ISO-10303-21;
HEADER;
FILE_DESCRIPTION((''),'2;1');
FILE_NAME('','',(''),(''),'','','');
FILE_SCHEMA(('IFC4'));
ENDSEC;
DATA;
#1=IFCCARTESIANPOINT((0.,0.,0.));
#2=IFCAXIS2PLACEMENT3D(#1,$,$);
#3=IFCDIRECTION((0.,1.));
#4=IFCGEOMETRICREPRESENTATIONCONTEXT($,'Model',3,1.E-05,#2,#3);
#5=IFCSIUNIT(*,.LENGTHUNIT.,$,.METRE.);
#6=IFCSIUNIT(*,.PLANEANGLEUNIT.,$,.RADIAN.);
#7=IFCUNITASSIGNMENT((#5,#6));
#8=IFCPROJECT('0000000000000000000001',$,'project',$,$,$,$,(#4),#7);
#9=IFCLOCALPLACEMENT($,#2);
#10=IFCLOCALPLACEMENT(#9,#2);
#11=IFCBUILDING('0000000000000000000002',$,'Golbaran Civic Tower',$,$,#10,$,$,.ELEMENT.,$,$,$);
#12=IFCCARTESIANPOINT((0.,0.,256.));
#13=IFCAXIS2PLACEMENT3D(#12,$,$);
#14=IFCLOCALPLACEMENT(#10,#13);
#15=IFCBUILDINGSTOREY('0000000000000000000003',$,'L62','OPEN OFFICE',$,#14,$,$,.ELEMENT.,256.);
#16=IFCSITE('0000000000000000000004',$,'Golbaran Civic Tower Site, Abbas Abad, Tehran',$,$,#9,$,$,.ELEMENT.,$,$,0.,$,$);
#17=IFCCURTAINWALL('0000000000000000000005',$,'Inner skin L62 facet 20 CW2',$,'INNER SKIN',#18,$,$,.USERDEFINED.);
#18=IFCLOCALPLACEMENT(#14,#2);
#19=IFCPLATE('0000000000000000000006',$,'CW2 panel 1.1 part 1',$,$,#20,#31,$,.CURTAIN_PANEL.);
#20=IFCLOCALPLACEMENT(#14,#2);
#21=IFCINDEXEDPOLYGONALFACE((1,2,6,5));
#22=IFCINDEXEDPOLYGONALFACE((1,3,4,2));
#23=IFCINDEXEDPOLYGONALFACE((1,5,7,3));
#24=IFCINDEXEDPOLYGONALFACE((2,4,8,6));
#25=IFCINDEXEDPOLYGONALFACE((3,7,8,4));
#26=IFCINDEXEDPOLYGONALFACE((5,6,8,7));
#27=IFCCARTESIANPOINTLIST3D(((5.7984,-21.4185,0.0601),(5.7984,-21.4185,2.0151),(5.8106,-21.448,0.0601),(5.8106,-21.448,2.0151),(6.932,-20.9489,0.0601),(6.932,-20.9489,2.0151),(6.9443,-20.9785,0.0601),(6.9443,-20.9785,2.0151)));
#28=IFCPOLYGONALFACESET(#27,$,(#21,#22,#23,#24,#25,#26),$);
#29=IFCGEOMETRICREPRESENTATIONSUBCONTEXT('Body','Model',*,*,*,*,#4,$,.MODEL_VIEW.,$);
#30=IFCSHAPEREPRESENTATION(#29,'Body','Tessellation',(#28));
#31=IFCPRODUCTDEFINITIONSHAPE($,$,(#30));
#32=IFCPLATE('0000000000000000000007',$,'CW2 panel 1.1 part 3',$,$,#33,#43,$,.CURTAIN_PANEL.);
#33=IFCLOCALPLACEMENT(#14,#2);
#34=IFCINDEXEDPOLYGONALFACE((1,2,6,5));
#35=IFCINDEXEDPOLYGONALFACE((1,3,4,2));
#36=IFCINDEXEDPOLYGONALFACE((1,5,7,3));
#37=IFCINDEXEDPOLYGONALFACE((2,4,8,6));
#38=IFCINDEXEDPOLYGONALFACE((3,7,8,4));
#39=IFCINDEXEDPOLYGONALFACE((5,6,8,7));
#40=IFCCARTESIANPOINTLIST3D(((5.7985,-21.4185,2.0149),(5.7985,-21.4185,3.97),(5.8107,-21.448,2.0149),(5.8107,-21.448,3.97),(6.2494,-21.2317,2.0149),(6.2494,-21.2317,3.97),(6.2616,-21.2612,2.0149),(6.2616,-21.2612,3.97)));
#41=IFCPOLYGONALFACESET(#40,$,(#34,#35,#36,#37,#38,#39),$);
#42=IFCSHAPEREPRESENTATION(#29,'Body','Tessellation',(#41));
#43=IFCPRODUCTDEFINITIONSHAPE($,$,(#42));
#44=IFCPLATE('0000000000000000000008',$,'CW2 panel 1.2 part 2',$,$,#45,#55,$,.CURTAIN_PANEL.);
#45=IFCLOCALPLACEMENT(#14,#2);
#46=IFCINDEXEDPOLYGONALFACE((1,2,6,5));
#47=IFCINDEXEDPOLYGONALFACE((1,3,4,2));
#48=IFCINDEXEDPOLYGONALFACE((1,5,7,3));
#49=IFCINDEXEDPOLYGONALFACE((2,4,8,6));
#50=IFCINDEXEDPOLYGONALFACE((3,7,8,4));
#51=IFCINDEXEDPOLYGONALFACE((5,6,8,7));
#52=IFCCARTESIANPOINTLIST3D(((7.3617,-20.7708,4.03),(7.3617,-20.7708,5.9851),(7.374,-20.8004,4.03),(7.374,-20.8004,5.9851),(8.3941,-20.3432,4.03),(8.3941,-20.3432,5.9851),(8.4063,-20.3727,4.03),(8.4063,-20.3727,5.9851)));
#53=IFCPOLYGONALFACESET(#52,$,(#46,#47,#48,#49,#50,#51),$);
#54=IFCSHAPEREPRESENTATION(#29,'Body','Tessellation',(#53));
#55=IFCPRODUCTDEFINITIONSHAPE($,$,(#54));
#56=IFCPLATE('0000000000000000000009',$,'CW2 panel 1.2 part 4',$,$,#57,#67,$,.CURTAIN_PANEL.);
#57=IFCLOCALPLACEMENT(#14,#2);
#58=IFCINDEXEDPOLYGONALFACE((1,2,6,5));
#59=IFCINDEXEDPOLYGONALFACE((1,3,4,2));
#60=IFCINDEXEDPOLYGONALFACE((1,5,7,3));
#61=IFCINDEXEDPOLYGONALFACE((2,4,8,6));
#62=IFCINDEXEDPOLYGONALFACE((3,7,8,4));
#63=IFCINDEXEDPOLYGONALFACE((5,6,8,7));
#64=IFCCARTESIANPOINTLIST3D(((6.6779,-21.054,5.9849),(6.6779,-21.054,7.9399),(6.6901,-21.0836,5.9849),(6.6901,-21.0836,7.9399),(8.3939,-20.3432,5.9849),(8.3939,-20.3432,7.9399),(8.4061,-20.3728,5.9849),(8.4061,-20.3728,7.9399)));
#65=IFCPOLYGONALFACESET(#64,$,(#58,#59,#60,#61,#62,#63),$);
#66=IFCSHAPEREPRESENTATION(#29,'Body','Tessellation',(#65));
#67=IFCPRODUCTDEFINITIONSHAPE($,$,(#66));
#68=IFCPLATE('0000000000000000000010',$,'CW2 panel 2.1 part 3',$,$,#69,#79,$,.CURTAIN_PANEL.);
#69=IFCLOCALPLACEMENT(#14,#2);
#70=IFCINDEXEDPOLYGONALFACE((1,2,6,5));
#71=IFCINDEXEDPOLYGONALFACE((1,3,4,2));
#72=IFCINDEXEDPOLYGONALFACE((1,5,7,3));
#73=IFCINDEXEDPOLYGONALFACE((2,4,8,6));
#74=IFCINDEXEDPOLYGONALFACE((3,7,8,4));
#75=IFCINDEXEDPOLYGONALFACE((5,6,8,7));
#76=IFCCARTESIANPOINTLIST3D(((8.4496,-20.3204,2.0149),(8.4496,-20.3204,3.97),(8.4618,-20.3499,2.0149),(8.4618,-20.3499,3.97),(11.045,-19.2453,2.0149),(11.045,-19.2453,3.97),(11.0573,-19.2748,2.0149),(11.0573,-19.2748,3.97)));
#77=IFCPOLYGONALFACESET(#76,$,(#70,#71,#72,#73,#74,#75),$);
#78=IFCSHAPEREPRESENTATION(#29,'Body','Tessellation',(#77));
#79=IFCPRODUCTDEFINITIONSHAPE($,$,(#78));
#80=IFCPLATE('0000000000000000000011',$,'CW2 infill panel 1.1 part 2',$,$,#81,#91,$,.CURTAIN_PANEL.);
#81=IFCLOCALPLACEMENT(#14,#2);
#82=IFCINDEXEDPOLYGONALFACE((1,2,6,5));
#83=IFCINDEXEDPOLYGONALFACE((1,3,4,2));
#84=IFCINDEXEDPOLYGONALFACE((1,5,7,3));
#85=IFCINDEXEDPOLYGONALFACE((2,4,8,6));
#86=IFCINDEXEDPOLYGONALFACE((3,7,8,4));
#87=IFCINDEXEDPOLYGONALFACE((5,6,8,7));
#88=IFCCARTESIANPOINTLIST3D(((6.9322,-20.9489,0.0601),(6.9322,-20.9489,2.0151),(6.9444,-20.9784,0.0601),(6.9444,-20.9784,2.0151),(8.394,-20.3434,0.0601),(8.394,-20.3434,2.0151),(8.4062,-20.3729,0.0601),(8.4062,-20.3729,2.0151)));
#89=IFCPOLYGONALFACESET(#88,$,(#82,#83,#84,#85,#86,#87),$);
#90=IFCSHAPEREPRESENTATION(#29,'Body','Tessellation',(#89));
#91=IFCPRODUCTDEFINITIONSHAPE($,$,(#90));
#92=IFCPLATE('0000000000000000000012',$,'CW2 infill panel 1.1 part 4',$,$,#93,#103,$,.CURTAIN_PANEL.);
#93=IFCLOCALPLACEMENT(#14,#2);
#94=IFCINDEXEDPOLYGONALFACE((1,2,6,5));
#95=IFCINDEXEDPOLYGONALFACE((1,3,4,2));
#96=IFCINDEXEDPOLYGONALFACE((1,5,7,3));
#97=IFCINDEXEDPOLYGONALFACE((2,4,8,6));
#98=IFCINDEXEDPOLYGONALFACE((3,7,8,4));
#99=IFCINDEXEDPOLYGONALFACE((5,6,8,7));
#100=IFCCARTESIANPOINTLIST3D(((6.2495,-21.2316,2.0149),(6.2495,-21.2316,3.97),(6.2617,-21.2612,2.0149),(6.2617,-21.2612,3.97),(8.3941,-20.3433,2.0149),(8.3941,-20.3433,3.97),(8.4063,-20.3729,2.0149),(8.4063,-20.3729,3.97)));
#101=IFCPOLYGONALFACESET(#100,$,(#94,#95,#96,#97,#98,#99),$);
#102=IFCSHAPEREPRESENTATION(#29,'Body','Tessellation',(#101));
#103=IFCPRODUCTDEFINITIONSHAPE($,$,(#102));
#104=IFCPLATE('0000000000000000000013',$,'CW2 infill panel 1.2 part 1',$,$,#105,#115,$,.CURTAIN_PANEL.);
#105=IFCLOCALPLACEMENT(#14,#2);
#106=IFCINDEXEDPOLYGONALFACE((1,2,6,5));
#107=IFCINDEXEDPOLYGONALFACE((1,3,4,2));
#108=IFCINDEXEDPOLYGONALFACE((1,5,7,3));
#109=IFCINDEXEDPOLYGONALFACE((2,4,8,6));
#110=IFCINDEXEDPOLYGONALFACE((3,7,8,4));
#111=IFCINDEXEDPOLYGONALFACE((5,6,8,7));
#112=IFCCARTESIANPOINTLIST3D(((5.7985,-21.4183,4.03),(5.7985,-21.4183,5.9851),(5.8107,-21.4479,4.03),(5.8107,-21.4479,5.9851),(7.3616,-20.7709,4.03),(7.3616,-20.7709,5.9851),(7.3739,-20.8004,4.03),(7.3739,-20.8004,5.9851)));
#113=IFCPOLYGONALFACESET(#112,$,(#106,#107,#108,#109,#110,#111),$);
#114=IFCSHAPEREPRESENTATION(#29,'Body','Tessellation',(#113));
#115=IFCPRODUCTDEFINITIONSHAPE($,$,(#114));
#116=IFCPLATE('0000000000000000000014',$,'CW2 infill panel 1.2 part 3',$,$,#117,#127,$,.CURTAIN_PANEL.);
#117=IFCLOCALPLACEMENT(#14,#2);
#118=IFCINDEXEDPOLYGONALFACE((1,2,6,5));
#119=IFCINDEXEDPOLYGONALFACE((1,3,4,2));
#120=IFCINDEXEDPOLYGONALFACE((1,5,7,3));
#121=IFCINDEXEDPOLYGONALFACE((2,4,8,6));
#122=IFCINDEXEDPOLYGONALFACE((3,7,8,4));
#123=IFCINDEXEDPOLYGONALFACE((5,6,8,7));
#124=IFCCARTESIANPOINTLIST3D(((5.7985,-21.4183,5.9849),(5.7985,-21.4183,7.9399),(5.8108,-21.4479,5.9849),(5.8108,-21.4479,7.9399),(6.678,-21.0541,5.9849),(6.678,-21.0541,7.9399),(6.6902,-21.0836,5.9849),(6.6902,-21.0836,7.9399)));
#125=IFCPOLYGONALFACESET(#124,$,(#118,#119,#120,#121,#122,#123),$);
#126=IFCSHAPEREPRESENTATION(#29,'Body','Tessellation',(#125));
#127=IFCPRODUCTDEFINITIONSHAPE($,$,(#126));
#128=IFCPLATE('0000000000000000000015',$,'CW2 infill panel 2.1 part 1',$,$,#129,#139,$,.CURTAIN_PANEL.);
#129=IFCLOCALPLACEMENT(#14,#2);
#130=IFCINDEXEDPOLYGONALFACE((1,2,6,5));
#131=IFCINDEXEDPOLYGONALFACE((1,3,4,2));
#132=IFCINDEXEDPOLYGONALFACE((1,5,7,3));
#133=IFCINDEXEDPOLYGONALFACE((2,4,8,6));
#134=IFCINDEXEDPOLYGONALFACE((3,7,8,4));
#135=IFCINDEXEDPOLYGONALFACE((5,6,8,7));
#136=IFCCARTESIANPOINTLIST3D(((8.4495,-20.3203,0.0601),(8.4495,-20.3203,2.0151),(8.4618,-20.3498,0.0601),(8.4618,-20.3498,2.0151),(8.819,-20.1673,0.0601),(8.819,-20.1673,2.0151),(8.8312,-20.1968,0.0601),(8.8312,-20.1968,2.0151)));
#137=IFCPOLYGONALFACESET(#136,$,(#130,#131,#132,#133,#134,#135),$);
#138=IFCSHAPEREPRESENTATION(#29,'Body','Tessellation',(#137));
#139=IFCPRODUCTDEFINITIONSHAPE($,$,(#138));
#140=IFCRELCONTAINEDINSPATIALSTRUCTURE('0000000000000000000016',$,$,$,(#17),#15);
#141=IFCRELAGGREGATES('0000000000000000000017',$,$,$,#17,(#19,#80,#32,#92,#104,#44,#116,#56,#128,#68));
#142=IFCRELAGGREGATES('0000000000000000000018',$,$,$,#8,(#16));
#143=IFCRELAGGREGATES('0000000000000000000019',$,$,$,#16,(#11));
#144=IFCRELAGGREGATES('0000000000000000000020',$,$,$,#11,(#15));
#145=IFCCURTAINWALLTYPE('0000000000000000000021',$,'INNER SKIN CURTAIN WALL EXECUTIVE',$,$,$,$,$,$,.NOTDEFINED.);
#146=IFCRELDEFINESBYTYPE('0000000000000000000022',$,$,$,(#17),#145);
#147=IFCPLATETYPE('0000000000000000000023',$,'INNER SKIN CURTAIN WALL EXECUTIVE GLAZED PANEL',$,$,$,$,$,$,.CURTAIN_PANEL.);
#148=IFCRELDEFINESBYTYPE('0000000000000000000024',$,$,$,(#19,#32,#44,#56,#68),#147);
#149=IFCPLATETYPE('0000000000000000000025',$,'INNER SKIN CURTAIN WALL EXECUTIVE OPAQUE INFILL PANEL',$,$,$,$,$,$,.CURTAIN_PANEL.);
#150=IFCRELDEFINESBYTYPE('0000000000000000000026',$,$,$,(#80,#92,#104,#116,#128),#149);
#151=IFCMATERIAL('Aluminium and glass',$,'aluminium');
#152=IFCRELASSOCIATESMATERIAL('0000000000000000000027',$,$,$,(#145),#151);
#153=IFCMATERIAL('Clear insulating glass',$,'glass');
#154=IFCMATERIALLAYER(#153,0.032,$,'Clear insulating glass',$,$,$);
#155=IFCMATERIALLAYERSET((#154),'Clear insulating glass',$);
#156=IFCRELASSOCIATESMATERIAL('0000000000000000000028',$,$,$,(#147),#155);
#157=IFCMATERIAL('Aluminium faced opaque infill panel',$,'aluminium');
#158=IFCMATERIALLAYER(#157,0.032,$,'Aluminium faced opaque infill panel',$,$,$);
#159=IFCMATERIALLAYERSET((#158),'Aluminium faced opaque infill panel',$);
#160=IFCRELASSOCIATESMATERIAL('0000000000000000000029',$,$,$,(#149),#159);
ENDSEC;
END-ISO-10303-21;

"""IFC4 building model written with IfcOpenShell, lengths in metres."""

from ifc_helpers import new_model, si_unit, direction, frame, origin, origin_2d, place, context, subcontext, project, spatial, rectangle, extrude, material, layer, layer_set, type_object, element, aggregate, save


model = new_model("IFC4")

# Units and contexts
model_context = context("Model", 3, precision=1e-05, world=origin(), true_north=direction((0.0, 1.0)))
body_context = subcontext(model_context, "Body", "Model", "MODEL_VIEW")
ifc_project = project(units=[si_unit("LENGTHUNIT", "METRE"), si_unit("PLANEANGLEUNIT", "RADIAN")], contexts=[model_context])

# Site, building, storey
site_placement = place(None, origin())
site = spatial("IfcSite", under=ifc_project, at=site_placement, Name="Golbaran Civic Tower Site, Abbas Abad, Tehran", CompositionType="ELEMENT", RefElevation=0.0)
building_placement = place(site_placement, origin())
building = spatial("IfcBuilding", under=site, at=building_placement, Name="Golbaran Civic Tower", CompositionType="ELEMENT")
storey_placement = place(building_placement, frame((0.0, 0.0, 256.0)))
storey = spatial("IfcBuildingStorey", under=building, at=storey_placement, Name="L62", Description="OPEN OFFICE", CompositionType="ELEMENT", Elevation=256.0)

# Shared definitions
ifc_material_1 = material(Name="Aluminium and glass", Category="aluminium")
curtain_wall_type = type_object("IfcCurtainWallType", Name="INNER SKIN CURTAIN WALL EXECUTIVE", PredefinedType="NOTDEFINED", material=ifc_material_1)

# Curtain wall
curtain_wall_1_placement = place(storey_placement, origin())
curtain_wall_1 = element("IfcCurtainWall", 1, at=curtain_wall_1_placement, inside=storey, type_object=curtain_wall_type, Name="Inner skin L62 facet 20 CW2", ObjectType="INNER SKIN", PredefinedType="USERDEFINED")

# Plates
ifc_material_2 = material(Name="Clear insulating glass", Category="glass")
ifc_layer_1 = layer(ifc_material_2, 0.032, Name="Clear insulating glass")
ifc_layer_set_1 = layer_set([ifc_layer_1], Name="Clear insulating glass")
plate_type_1 = type_object("IfcPlateType", Name="INNER SKIN CURTAIN WALL EXECUTIVE GLAZED PANEL", PredefinedType="CURTAIN_PANEL", material=ifc_layer_set_1)
plate_1_placement = place(storey_placement, frame((6.3713, -21.1985, 0.0601), z_axis=(0.0, 0.0, 1.0), x_axis=(0.92388, 0.382683, 0.0)))
plate_1 = element("IfcPlate", 2, at=plate_1_placement, type_object=plate_type_1, Name="CW2 panel 1.1 part 1", PredefinedType="CURTAIN_PANEL", context=body_context, shape_type="SweptSolid", body=[
    extrude(rectangle(XDim=1.2271, YDim=0.032, at=origin_2d()), origin(), (0.0, 0.0, 1.0), 1.9551),
])
plate_2_placement = place(storey_placement, frame((6.03, -21.3398, 2.0149), z_axis=(0.0, 0.0, 1.0), x_axis=(0.92388, 0.382683, 0.0)))
plate_2 = element("IfcPlate", 3, at=plate_2_placement, type_object=plate_type_1, Name="CW2 panel 1.1 part 3", PredefinedType="CURTAIN_PANEL", context=body_context, shape_type="SweptSolid", body=[
    extrude(rectangle(XDim=0.488, YDim=0.032, at=origin_2d()), origin(), (0.0, 0.0, 1.0), 1.9551),
])
plate_3_placement = place(storey_placement, frame((7.884, -20.5718, 4.03), z_axis=(0.0, 0.0, 1.0), x_axis=(0.92388, 0.382683, 0.0)))
plate_3 = element("IfcPlate", 4, at=plate_3_placement, type_object=plate_type_1, Name="CW2 panel 1.2 part 2", PredefinedType="CURTAIN_PANEL", context=body_context, shape_type="SweptSolid", body=[
    extrude(rectangle(XDim=1.1174, YDim=0.032, at=origin_2d()), origin(), (0.0, 0.0, 1.0), 1.9551),
])
plate_4_placement = place(storey_placement, frame((7.542, -20.7134, 5.9849), z_axis=(0.0, 0.0, 1.0), x_axis=(0.92388, 0.382683, 0.0)))
plate_4 = element("IfcPlate", 5, at=plate_4_placement, type_object=plate_type_1, Name="CW2 panel 1.2 part 4", PredefinedType="CURTAIN_PANEL", context=body_context, shape_type="SweptSolid", body=[
    extrude(rectangle(XDim=1.8574, YDim=0.032, at=origin_2d()), origin(), (0.0, 0.0, 1.0), 1.9551),
])
plate_5_placement = place(storey_placement, frame((9.7534, -19.7976, 2.0149), z_axis=(0.0, 0.0, 1.0), x_axis=(0.92388, 0.382683, 0.0)))
plate_5 = element("IfcPlate", 6, at=plate_5_placement, type_object=plate_type_1, Name="CW2 panel 2.1 part 3", PredefinedType="CURTAIN_PANEL", context=body_context, shape_type="SweptSolid", body=[
    extrude(rectangle(XDim=2.8093, YDim=0.032, at=origin_2d()), origin(), (0.0, 0.0, 1.0), 1.9551),
])
ifc_material_3 = material(Name="Aluminium faced opaque infill panel", Category="aluminium")
ifc_layer_2 = layer(ifc_material_3, 0.032, Name="Aluminium faced opaque infill panel")
ifc_layer_set_2 = layer_set([ifc_layer_2], Name="Aluminium faced opaque infill panel")
plate_type_2 = type_object("IfcPlateType", Name="INNER SKIN CURTAIN WALL EXECUTIVE OPAQUE INFILL PANEL", PredefinedType="CURTAIN_PANEL", material=ifc_layer_set_2)
plate_6_placement = place(storey_placement, frame((7.6692, -20.6609, 0.0601), z_axis=(0.0, 0.0, 1.0), x_axis=(0.92388, 0.382683, 0.0)))
plate_6 = element("IfcPlate", 7, at=plate_6_placement, type_object=plate_type_2, Name="CW2 infill panel 1.1 part 2", PredefinedType="CURTAIN_PANEL", context=body_context, shape_type="SweptSolid", body=[
    extrude(rectangle(XDim=1.5823, YDim=0.032, at=origin_2d()), origin(), (0.0, 0.0, 1.0), 1.9551),
])
plate_7_placement = place(storey_placement, frame((7.3279, -20.8022, 2.0149), z_axis=(0.0, 0.0, 1.0), x_axis=(0.92388, 0.382683, 0.0)))
plate_7 = element("IfcPlate", 8, at=plate_7_placement, type_object=plate_type_2, Name="CW2 infill panel 1.1 part 4", PredefinedType="CURTAIN_PANEL", context=body_context, shape_type="SweptSolid", body=[
    extrude(rectangle(XDim=2.3213, YDim=0.032, at=origin_2d()), origin(), (0.0, 0.0, 1.0), 1.9551),
])
plate_8_placement = place(storey_placement, frame((6.5862, -21.1094, 4.03), z_axis=(0.0, 0.0, 1.0), x_axis=(0.92388, 0.382683, 0.0)))
plate_8 = element("IfcPlate", 9, at=plate_8_placement, type_object=plate_type_2, Name="CW2 infill panel 1.2 part 1", PredefinedType="CURTAIN_PANEL", context=body_context, shape_type="SweptSolid", body=[
    extrude(rectangle(XDim=1.6919, YDim=0.032, at=origin_2d()), origin(), (0.0, 0.0, 1.0), 1.9551),
])
plate_9_placement = place(storey_placement, frame((6.2444, -21.251, 5.9849), z_axis=(0.0, 0.0, 1.0), x_axis=(0.92388, 0.382683, 0.0)))
plate_9 = element("IfcPlate", 10, at=plate_9_placement, type_object=plate_type_2, Name="CW2 infill panel 1.2 part 3", PredefinedType="CURTAIN_PANEL", context=body_context, shape_type="SweptSolid", body=[
    extrude(rectangle(XDim=0.9519, YDim=0.032, at=origin_2d()), origin(), (0.0, 0.0, 1.0), 1.9551),
])
plate_10_placement = place(storey_placement, frame((8.6404, -20.2585, 0.0601), z_axis=(0.0, 0.0, 1.0), x_axis=(0.92388, 0.382683, 0.0)))
plate_10 = element("IfcPlate", 11, at=plate_10_placement, type_object=plate_type_2, Name="CW2 infill panel 2.1 part 1", PredefinedType="CURTAIN_PANEL", context=body_context, shape_type="SweptSolid", body=[
    extrude(rectangle(XDim=0.3999, YDim=0.032, at=origin_2d()), origin(), (0.0, 0.0, 1.0), 1.9551),
])
aggregate(curtain_wall_1, [plate_1, plate_6, plate_2, plate_7, plate_8, plate_3, plate_9, plate_4, plate_10, plate_5])

save(model, "model.ifc")
